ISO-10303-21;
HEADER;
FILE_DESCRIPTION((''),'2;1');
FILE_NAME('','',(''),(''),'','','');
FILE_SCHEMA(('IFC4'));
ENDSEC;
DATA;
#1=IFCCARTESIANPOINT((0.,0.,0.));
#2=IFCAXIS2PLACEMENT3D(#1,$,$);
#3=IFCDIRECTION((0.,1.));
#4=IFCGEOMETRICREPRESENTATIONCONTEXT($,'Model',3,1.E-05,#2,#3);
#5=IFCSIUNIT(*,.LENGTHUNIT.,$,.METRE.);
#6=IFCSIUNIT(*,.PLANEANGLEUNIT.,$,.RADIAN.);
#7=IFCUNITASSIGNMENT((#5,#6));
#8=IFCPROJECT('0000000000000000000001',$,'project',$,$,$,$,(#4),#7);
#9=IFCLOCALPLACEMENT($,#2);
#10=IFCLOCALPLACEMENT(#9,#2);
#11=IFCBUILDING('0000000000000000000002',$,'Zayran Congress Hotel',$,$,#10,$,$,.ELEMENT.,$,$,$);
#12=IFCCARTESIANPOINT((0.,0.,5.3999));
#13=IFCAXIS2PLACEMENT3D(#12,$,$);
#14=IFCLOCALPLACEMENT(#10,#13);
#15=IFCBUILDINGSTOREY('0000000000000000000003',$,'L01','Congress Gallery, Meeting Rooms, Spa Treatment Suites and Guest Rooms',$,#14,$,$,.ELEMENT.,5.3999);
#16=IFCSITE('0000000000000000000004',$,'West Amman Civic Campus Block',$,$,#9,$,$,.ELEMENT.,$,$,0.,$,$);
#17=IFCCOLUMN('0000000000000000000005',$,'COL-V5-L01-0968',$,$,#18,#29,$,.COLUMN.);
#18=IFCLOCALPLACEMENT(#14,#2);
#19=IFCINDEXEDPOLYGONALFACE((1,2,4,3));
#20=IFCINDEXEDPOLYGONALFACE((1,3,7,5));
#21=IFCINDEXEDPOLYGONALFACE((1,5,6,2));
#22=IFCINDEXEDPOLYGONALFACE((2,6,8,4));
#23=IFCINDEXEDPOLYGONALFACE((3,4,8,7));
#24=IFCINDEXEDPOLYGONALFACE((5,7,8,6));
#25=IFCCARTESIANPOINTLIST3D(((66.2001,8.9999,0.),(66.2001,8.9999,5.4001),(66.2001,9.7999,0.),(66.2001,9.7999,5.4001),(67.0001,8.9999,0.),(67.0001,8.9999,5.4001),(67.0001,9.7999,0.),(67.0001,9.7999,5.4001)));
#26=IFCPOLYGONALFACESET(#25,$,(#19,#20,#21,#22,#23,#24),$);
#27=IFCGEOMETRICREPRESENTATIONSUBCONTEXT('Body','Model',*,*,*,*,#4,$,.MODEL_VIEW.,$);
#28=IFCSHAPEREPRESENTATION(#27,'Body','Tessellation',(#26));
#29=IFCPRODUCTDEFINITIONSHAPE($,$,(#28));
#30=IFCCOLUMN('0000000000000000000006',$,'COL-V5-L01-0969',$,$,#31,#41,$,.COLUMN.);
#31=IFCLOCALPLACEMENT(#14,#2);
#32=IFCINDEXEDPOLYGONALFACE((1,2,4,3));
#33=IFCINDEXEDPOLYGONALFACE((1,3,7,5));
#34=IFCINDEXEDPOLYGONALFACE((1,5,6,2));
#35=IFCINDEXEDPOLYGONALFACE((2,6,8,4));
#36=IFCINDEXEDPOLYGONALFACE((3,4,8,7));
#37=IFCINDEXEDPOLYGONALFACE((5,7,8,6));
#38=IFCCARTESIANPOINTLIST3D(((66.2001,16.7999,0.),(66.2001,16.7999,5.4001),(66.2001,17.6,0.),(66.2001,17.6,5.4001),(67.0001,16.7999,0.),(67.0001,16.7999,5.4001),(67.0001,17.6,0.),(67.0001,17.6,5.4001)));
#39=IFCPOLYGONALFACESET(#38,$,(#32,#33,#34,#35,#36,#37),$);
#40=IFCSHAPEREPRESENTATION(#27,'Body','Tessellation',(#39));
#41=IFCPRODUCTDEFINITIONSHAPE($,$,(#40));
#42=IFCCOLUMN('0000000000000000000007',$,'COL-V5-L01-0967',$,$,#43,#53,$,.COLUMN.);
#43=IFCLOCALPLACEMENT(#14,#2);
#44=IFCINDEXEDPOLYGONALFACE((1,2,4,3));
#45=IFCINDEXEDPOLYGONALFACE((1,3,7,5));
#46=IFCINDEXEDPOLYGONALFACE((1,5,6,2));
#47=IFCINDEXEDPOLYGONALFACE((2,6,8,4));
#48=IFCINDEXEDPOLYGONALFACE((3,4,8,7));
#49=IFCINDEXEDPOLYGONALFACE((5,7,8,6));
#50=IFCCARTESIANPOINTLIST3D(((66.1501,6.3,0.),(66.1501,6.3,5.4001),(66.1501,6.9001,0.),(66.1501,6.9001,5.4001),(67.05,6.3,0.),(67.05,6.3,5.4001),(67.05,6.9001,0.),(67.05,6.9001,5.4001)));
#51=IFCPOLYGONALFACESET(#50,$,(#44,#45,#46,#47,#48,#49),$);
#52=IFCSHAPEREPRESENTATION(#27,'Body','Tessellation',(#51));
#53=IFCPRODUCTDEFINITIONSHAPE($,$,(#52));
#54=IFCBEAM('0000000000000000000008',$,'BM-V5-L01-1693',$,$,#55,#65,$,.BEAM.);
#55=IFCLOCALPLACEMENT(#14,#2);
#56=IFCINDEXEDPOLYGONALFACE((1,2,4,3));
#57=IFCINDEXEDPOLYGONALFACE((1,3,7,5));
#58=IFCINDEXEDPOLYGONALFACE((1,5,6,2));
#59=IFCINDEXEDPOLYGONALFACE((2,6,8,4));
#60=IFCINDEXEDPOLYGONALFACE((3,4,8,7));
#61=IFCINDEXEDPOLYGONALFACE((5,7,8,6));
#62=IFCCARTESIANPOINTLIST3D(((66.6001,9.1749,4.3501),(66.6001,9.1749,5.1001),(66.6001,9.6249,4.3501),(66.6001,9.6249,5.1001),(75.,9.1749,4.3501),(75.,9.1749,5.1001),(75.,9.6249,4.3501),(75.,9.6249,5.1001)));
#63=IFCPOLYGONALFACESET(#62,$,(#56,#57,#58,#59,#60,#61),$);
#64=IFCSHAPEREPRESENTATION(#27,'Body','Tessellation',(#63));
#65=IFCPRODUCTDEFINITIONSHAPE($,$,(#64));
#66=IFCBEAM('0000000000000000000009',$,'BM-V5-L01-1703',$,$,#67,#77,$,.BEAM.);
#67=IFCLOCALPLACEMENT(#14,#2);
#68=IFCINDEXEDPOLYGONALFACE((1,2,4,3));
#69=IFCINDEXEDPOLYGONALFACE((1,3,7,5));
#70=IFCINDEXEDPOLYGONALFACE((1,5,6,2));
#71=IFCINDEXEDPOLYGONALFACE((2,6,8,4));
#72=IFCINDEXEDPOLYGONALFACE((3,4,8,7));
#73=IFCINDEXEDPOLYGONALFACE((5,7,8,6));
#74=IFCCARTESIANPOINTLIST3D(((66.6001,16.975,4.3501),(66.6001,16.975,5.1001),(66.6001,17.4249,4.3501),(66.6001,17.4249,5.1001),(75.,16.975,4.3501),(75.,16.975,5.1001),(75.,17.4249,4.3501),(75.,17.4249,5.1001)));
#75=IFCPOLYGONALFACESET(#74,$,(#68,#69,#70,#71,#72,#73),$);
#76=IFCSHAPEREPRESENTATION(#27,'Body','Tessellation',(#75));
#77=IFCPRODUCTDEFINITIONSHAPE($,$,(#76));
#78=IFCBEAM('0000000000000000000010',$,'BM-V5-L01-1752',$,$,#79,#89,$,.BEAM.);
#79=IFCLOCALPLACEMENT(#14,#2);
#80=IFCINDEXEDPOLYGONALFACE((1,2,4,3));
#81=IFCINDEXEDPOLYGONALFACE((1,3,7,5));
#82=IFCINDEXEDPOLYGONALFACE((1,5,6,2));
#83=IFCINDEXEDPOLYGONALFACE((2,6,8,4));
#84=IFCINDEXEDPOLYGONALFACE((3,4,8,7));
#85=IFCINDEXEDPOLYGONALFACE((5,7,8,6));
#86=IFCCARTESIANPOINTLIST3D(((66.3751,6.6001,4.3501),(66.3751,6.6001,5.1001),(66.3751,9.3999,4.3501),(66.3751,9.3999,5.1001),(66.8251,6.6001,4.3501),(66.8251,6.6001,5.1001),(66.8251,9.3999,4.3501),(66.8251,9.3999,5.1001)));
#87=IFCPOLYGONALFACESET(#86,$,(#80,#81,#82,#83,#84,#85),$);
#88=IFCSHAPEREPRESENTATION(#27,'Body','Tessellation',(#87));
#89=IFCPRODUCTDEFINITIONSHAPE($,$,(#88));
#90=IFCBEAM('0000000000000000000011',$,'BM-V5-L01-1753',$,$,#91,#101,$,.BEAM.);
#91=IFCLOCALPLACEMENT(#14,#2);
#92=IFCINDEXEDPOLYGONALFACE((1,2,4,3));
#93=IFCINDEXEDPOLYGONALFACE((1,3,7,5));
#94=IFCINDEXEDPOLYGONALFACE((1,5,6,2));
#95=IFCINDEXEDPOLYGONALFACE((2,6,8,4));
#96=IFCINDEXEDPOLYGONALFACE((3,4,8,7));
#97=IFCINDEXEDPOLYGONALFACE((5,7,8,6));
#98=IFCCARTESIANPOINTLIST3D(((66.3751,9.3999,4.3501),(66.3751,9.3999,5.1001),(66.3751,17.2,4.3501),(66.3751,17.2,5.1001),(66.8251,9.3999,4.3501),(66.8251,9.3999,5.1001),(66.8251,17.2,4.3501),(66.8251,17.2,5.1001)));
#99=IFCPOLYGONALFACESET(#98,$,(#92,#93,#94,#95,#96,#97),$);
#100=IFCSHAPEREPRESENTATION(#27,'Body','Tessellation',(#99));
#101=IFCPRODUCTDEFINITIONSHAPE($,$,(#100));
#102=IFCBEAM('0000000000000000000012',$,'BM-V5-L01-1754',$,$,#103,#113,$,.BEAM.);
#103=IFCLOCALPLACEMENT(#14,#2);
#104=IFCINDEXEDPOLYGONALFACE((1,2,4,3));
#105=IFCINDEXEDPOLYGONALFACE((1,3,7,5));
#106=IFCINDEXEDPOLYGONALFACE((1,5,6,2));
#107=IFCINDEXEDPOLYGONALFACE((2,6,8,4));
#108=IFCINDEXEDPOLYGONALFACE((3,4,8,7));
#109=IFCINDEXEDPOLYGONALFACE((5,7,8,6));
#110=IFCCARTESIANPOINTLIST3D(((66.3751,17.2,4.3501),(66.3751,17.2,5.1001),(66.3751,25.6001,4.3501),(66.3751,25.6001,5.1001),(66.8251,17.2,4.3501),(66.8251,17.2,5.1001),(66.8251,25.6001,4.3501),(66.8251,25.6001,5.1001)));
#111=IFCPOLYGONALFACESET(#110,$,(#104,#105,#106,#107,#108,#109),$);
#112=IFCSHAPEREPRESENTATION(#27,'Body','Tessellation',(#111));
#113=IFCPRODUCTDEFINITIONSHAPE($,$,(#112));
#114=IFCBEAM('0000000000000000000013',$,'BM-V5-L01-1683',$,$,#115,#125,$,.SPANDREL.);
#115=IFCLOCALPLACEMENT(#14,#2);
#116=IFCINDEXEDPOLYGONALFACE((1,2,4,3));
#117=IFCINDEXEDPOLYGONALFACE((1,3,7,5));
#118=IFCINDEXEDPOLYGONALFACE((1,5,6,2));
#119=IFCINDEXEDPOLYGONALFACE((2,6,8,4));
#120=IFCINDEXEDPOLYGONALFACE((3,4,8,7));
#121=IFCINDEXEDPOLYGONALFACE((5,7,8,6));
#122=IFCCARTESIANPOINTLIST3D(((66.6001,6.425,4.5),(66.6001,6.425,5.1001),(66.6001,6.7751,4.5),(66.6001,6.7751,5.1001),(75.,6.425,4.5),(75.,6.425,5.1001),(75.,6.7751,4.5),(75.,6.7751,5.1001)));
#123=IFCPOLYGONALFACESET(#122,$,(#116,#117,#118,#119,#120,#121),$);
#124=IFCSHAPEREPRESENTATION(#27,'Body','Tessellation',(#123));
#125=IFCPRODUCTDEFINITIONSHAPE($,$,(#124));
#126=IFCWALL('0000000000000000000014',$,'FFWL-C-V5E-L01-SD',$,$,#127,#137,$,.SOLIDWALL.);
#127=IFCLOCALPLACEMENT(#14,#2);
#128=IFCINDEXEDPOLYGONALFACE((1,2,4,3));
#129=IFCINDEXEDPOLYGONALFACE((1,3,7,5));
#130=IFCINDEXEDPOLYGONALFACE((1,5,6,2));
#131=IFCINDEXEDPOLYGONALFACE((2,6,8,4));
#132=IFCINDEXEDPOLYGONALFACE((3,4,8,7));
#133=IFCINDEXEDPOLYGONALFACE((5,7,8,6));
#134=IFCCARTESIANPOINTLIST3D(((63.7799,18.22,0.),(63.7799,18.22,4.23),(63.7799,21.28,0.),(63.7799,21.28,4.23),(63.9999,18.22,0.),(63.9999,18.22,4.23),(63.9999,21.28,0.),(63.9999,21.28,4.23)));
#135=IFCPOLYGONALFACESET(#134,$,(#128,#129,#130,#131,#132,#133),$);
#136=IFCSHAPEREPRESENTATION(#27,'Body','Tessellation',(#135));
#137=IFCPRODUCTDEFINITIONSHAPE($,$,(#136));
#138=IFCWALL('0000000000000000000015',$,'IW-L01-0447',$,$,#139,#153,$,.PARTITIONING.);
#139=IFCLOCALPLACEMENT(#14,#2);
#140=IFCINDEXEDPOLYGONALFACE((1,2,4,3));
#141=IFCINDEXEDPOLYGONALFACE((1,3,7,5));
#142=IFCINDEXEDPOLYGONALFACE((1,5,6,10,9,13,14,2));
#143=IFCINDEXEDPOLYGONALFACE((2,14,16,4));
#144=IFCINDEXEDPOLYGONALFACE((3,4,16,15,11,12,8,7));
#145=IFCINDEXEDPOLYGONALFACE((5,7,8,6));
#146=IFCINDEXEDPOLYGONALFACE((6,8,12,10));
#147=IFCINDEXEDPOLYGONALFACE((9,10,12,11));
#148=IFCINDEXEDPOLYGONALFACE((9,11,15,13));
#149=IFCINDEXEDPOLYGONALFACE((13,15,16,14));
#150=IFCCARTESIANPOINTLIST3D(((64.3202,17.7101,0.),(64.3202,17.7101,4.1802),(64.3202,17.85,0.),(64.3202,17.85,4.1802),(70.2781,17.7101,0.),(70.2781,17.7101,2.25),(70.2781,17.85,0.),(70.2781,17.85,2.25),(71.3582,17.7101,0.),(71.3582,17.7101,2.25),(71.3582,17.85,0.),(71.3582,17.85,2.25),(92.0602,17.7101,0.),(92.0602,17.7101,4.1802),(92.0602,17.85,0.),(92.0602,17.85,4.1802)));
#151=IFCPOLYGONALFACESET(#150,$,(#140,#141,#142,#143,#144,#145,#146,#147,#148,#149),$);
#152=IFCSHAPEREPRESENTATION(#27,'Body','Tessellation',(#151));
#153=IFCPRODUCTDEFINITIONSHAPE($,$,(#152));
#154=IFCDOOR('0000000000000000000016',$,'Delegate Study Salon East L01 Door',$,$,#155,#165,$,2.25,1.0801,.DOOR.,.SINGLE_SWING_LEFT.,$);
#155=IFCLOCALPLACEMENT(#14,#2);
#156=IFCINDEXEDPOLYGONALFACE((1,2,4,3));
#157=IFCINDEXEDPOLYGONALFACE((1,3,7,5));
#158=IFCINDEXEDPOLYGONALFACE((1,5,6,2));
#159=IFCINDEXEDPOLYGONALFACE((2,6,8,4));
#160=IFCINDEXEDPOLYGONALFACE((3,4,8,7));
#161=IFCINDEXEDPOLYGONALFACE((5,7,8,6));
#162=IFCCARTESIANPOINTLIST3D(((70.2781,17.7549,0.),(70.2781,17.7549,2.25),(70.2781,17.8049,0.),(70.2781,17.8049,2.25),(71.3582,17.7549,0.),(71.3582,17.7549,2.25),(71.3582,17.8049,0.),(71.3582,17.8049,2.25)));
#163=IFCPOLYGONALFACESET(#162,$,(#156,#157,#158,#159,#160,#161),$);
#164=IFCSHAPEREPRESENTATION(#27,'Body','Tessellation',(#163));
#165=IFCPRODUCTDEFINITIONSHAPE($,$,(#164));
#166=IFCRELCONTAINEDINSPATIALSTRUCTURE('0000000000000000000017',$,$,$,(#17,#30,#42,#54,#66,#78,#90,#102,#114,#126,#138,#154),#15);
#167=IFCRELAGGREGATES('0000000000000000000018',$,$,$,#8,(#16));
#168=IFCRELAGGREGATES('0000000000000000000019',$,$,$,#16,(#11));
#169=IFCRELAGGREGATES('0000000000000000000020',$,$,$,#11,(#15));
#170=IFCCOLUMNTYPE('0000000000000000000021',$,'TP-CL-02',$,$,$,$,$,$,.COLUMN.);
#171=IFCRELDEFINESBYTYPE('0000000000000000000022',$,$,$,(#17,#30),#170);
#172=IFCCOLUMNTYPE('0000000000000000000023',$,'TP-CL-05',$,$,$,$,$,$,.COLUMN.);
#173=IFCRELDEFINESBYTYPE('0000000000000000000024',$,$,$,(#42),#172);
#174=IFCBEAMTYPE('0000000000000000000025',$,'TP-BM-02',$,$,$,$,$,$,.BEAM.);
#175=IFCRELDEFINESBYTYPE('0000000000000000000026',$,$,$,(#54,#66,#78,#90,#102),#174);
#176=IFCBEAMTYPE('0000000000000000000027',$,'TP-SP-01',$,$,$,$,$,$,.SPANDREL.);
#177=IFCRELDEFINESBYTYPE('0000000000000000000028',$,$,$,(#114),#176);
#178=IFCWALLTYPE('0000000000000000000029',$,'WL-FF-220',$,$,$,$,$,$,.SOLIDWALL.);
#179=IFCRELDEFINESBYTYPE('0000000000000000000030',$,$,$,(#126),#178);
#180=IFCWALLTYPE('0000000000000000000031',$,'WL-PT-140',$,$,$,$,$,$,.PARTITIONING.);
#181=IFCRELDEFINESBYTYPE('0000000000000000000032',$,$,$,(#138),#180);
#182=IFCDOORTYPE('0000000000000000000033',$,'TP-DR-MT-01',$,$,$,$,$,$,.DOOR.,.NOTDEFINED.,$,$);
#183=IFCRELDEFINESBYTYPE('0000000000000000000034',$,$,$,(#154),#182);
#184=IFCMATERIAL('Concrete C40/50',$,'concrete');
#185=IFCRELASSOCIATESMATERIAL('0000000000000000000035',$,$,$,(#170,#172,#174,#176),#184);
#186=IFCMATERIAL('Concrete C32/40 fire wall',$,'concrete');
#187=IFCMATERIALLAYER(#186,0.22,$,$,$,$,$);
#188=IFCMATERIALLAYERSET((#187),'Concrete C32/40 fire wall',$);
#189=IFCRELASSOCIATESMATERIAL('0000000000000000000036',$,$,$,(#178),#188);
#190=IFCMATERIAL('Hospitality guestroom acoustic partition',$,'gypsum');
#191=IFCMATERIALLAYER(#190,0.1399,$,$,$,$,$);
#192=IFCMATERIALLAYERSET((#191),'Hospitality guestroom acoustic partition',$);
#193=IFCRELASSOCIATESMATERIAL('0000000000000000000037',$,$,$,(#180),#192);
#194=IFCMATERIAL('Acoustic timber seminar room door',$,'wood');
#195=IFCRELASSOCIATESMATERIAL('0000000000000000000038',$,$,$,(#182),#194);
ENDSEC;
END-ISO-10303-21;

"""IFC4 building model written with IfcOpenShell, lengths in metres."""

from ifc_helpers import new_model, si_unit, direction, frame, frame_2d, origin, origin_2d, place, context, subcontext, project, spatial, rectangle, extrude, material, layer, layer_set, material_profile, profile_set, type_object, element, fill, save


model = new_model("IFC4")

# Units and contexts
model_context = context("Model", 3, precision=1e-05, world=origin(), true_north=direction((0.0, 1.0)))
body_context = subcontext(model_context, "Body", "Model", "MODEL_VIEW")
ifc_project = project(units=[si_unit("LENGTHUNIT", "METRE"), si_unit("PLANEANGLEUNIT", "RADIAN")], contexts=[model_context])

# Site, building, storey
site_placement = place(None, origin())
site = spatial("IfcSite", under=ifc_project, at=site_placement, Name="West Amman Civic Campus Block", CompositionType="ELEMENT", RefElevation=0.0)
building_placement = place(site_placement, origin())
building = spatial("IfcBuilding", under=site, at=building_placement, Name="Zayran Congress Hotel", CompositionType="ELEMENT")
storey_placement = place(building_placement, frame((0.0, 0.0, 5.3999)))
storey = spatial("IfcBuildingStorey", under=building, at=storey_placement, Name="L01", Description="Congress Gallery, Meeting Rooms, Spa Treatment Suites and Guest Rooms", CompositionType="ELEMENT", Elevation=5.3999)

# Columns
ifc_material_1 = material(Name="Concrete C40/50", Category="concrete")
ifc_material_profile_1 = material_profile(ifc_material_1, rectangle(XDim=0.8, YDim=0.8, at=origin_2d()), Name="RC 800x800")
ifc_profile_set_1 = profile_set([ifc_material_profile_1], Name="Concrete C40/50")
column_type_1 = type_object("IfcColumnType", Name="TP-CL-02", PredefinedType="COLUMN", material=ifc_profile_set_1)
for number, where, z_axis, x_axis, name in (
    (1, (66.6001, 9.3999, 0.0), (0.0, 0.0, 1.0), (1.0, 0.0, 0.0), "COL-V5-L01-0968"),
    (2, (66.6001, 17.2, 0.0), (0.0, 0.0, 1.0), (1.0, 0.0, 0.0), "COL-V5-L01-0969"),
):
    element("IfcColumn", number, at=place(storey_placement, frame(where, z_axis=z_axis, x_axis=x_axis)), inside=storey, type_object=column_type_1, Name=name, PredefinedType="COLUMN", context=body_context, shape_type="SweptSolid", body=[
        extrude(rectangle(XDim=0.8, YDim=0.8, at=origin_2d()), origin(), (0.0, 0.0, 1.0), 5.4001),
    ])
ifc_material_profile_2 = material_profile(ifc_material_1, rectangle(XDim=0.6001, YDim=0.8999, at=origin_2d()), Name="RC 900x600")
ifc_profile_set_2 = profile_set([ifc_material_profile_2], Name="Concrete C40/50")
column_type_2 = type_object("IfcColumnType", Name="TP-CL-05", PredefinedType="COLUMN", material=ifc_profile_set_2)
column_placement = place(storey_placement, frame((66.6001, 6.6001, 0.0), z_axis=(0.0, 0.0, 1.0), x_axis=(0.0, 1.0, 0.0)))
element("IfcColumn", 3, at=column_placement, inside=storey, type_object=column_type_2, Name="COL-V5-L01-0967", PredefinedType="COLUMN", context=body_context, shape_type="SweptSolid", body=[
    extrude(rectangle(XDim=0.6001, YDim=0.8999, at=origin_2d()), origin(), (0.0, 0.0, 1.0), 5.4001),
])

# Beams
ifc_material_profile_3 = material_profile(ifc_material_1, rectangle(XDim=0.45, YDim=0.75, at=origin_2d()), Name="RC 450x750")
ifc_profile_set_3 = profile_set([ifc_material_profile_3], Name="Concrete C40/50")
beam_type_1 = type_object("IfcBeamType", Name="TP-BM-02", PredefinedType="BEAM", material=ifc_profile_set_3)
for number, where, z_axis, x_axis, name in (
    (4, (66.6001, 9.3999, 4.7251), (1.0, 0.0, 0.0), (0.0, 1.0, 0.0), "BM-V5-L01-1693"),
    (5, (66.6001, 17.2, 4.7251), (1.0, 0.0, 0.0), (0.0, 1.0, 0.0), "BM-V5-L01-1703"),
):
    element("IfcBeam", number, at=place(storey_placement, frame(where, z_axis=z_axis, x_axis=x_axis)), inside=storey, type_object=beam_type_1, Name=name, PredefinedType="BEAM", context=body_context, shape_type="SweptSolid", body=[
        extrude(rectangle(XDim=0.45, YDim=0.75, at=origin_2d()), origin(), (0.0, 0.0, 1.0), 8.3999),
    ])
beam_1_placement = place(storey_placement, frame((66.6001, 6.6001, 4.7251), z_axis=(0.0, 1.0, 0.0), x_axis=(-1.0, 0.0, 0.0)))
element("IfcBeam", 6, at=beam_1_placement, inside=storey, type_object=beam_type_1, Name="BM-V5-L01-1752", PredefinedType="BEAM", context=body_context, shape_type="SweptSolid", body=[
    extrude(rectangle(XDim=0.45, YDim=0.75, at=origin_2d()), origin(), (0.0, 0.0, 1.0), 2.7998),
])
beam_2_placement = place(storey_placement, frame((66.6001, 9.3999, 4.7251), z_axis=(0.0, 1.0, 0.0), x_axis=(-1.0, 0.0, 0.0)))
element("IfcBeam", 7, at=beam_2_placement, inside=storey, type_object=beam_type_1, Name="BM-V5-L01-1753", PredefinedType="BEAM", context=body_context, shape_type="SweptSolid", body=[
    extrude(rectangle(XDim=0.45, YDim=0.75, at=origin_2d()), origin(), (0.0, 0.0, 1.0), 7.8),
])
beam_3_placement = place(storey_placement, frame((66.6001, 17.2, 4.7251), z_axis=(0.0, 1.0, 0.0), x_axis=(-1.0, 0.0, 0.0)))
element("IfcBeam", 8, at=beam_3_placement, inside=storey, type_object=beam_type_1, Name="BM-V5-L01-1754", PredefinedType="BEAM", context=body_context, shape_type="SweptSolid", body=[
    extrude(rectangle(XDim=0.45, YDim=0.75, at=origin_2d()), origin(), (0.0, 0.0, 1.0), 8.4001),
])
ifc_material_profile_4 = material_profile(ifc_material_1, rectangle(XDim=0.3501, YDim=0.6001, at=origin_2d()), Name="RC 350x600")
ifc_profile_set_4 = profile_set([ifc_material_profile_4], Name="Concrete C40/50")
beam_type_2 = type_object("IfcBeamType", Name="TP-SP-01", PredefinedType="SPANDREL", material=ifc_profile_set_4)
beam_4_placement = place(storey_placement, frame((66.6001, 6.6001, 4.8), z_axis=(1.0, 0.0, 0.0), x_axis=(0.0, 1.0, 0.0)))
element("IfcBeam", 9, at=beam_4_placement, inside=storey, type_object=beam_type_2, Name="BM-V5-L01-1683", PredefinedType="SPANDREL", context=body_context, shape_type="SweptSolid", body=[
    extrude(rectangle(XDim=0.3501, YDim=0.6001, at=origin_2d()), origin(), (0.0, 0.0, 1.0), 8.3999),
])

# Wall
ifc_material_2 = material(Name="Concrete C32/40 fire wall", Category="concrete")
ifc_layer_1 = layer(ifc_material_2, 0.22)
ifc_layer_set_1 = layer_set([ifc_layer_1], Name="Concrete C32/40 fire wall")
wall_type_1 = type_object("IfcWallType", Name="WL-FF-220", PredefinedType="SOLIDWALL", material=ifc_layer_set_1)
wall_1_placement = place(storey_placement, frame((63.8899, 18.22, 0.0), z_axis=(0.0, 0.0, 1.0), x_axis=(0.0, 1.0, 0.0)))
element("IfcWall", 10, at=wall_1_placement, inside=storey, type_object=wall_type_1, Name="FFWL-C-V5E-L01-SD", PredefinedType="SOLIDWALL", context=body_context, shape_type="SweptSolid", body=[
    extrude(rectangle(XDim=3.0601, YDim=0.22, at=frame_2d((1.53, 0.0))), origin(), (0.0, 0.0, 1.0), 4.23),
])

# Wall, opening, door
ifc_material_3 = material(Name="Hospitality guestroom acoustic partition", Category="gypsum")
ifc_layer_2 = layer(ifc_material_3, 0.1399)
ifc_layer_set_2 = layer_set([ifc_layer_2], Name="Hospitality guestroom acoustic partition")
wall_type_2 = type_object("IfcWallType", Name="WL-PT-140", PredefinedType="PARTITIONING", material=ifc_layer_set_2)
wall_2_placement = place(storey_placement, frame((64.3201, 17.78, 0.0), z_axis=(0.0, 0.0, 1.0), x_axis=(1.0, 0.0, 0.0)))
wall_2 = element("IfcWall", 11, at=wall_2_placement, inside=storey, type_object=wall_type_2, Name="IW-L01-0447", PredefinedType="PARTITIONING", context=body_context, shape_type="SweptSolid", body=[
    extrude(rectangle(XDim=27.74, YDim=0.1399, at=frame_2d((13.8701, 0.0))), origin(), (0.0, 0.0, 1.0), 4.1802),
])
opening_1_placement = place(wall_2_placement, frame((5.958, 0.0, 0.0)))
opening_1 = element("IfcOpeningElement", 12, at=opening_1_placement, cuts=wall_2, PredefinedType="OPENING", context=body_context, shape_type="SweptSolid", body=[
    extrude(rectangle(XDim=1.0801, YDim=2.25, at=frame_2d((0.54, 1.125))), frame((0.0, 0.0798, 0.0), z_axis=(0.0, -1.0, 0.0), x_axis=(1.0, 0.0, 0.0)), (0.0, 0.0, 1.0), 0.1599),
])
ifc_material_4 = material(Name="Acoustic timber seminar room door", Category="wood")
door_type_1 = type_object("IfcDoorType", Name="TP-DR-MT-01", OperationType="NOTDEFINED", PredefinedType="DOOR", material=ifc_material_4)
door_1_placement = place(opening_1_placement, origin())
door_1 = element("IfcDoor", 13, at=door_1_placement, inside=storey, type_object=door_type_1, Name="Delegate Study Salon East L01 Door", OperationType="SINGLE_SWING_LEFT", OverallHeight=2.25, OverallWidth=1.0801, PredefinedType="DOOR", context=body_context, shape_type="SweptSolid", body=[
    extrude(rectangle(XDim=1.0801, YDim=2.25, at=frame_2d((0.54, 1.125))), frame((0.0, 0.0249, 0.0), z_axis=(0.0, -1.0, 0.0), x_axis=(1.0, 0.0, 0.0)), (0.0, 0.0, 1.0), 0.05),
])
fill(opening_1, door_1)

save(model, "model.ifc")
